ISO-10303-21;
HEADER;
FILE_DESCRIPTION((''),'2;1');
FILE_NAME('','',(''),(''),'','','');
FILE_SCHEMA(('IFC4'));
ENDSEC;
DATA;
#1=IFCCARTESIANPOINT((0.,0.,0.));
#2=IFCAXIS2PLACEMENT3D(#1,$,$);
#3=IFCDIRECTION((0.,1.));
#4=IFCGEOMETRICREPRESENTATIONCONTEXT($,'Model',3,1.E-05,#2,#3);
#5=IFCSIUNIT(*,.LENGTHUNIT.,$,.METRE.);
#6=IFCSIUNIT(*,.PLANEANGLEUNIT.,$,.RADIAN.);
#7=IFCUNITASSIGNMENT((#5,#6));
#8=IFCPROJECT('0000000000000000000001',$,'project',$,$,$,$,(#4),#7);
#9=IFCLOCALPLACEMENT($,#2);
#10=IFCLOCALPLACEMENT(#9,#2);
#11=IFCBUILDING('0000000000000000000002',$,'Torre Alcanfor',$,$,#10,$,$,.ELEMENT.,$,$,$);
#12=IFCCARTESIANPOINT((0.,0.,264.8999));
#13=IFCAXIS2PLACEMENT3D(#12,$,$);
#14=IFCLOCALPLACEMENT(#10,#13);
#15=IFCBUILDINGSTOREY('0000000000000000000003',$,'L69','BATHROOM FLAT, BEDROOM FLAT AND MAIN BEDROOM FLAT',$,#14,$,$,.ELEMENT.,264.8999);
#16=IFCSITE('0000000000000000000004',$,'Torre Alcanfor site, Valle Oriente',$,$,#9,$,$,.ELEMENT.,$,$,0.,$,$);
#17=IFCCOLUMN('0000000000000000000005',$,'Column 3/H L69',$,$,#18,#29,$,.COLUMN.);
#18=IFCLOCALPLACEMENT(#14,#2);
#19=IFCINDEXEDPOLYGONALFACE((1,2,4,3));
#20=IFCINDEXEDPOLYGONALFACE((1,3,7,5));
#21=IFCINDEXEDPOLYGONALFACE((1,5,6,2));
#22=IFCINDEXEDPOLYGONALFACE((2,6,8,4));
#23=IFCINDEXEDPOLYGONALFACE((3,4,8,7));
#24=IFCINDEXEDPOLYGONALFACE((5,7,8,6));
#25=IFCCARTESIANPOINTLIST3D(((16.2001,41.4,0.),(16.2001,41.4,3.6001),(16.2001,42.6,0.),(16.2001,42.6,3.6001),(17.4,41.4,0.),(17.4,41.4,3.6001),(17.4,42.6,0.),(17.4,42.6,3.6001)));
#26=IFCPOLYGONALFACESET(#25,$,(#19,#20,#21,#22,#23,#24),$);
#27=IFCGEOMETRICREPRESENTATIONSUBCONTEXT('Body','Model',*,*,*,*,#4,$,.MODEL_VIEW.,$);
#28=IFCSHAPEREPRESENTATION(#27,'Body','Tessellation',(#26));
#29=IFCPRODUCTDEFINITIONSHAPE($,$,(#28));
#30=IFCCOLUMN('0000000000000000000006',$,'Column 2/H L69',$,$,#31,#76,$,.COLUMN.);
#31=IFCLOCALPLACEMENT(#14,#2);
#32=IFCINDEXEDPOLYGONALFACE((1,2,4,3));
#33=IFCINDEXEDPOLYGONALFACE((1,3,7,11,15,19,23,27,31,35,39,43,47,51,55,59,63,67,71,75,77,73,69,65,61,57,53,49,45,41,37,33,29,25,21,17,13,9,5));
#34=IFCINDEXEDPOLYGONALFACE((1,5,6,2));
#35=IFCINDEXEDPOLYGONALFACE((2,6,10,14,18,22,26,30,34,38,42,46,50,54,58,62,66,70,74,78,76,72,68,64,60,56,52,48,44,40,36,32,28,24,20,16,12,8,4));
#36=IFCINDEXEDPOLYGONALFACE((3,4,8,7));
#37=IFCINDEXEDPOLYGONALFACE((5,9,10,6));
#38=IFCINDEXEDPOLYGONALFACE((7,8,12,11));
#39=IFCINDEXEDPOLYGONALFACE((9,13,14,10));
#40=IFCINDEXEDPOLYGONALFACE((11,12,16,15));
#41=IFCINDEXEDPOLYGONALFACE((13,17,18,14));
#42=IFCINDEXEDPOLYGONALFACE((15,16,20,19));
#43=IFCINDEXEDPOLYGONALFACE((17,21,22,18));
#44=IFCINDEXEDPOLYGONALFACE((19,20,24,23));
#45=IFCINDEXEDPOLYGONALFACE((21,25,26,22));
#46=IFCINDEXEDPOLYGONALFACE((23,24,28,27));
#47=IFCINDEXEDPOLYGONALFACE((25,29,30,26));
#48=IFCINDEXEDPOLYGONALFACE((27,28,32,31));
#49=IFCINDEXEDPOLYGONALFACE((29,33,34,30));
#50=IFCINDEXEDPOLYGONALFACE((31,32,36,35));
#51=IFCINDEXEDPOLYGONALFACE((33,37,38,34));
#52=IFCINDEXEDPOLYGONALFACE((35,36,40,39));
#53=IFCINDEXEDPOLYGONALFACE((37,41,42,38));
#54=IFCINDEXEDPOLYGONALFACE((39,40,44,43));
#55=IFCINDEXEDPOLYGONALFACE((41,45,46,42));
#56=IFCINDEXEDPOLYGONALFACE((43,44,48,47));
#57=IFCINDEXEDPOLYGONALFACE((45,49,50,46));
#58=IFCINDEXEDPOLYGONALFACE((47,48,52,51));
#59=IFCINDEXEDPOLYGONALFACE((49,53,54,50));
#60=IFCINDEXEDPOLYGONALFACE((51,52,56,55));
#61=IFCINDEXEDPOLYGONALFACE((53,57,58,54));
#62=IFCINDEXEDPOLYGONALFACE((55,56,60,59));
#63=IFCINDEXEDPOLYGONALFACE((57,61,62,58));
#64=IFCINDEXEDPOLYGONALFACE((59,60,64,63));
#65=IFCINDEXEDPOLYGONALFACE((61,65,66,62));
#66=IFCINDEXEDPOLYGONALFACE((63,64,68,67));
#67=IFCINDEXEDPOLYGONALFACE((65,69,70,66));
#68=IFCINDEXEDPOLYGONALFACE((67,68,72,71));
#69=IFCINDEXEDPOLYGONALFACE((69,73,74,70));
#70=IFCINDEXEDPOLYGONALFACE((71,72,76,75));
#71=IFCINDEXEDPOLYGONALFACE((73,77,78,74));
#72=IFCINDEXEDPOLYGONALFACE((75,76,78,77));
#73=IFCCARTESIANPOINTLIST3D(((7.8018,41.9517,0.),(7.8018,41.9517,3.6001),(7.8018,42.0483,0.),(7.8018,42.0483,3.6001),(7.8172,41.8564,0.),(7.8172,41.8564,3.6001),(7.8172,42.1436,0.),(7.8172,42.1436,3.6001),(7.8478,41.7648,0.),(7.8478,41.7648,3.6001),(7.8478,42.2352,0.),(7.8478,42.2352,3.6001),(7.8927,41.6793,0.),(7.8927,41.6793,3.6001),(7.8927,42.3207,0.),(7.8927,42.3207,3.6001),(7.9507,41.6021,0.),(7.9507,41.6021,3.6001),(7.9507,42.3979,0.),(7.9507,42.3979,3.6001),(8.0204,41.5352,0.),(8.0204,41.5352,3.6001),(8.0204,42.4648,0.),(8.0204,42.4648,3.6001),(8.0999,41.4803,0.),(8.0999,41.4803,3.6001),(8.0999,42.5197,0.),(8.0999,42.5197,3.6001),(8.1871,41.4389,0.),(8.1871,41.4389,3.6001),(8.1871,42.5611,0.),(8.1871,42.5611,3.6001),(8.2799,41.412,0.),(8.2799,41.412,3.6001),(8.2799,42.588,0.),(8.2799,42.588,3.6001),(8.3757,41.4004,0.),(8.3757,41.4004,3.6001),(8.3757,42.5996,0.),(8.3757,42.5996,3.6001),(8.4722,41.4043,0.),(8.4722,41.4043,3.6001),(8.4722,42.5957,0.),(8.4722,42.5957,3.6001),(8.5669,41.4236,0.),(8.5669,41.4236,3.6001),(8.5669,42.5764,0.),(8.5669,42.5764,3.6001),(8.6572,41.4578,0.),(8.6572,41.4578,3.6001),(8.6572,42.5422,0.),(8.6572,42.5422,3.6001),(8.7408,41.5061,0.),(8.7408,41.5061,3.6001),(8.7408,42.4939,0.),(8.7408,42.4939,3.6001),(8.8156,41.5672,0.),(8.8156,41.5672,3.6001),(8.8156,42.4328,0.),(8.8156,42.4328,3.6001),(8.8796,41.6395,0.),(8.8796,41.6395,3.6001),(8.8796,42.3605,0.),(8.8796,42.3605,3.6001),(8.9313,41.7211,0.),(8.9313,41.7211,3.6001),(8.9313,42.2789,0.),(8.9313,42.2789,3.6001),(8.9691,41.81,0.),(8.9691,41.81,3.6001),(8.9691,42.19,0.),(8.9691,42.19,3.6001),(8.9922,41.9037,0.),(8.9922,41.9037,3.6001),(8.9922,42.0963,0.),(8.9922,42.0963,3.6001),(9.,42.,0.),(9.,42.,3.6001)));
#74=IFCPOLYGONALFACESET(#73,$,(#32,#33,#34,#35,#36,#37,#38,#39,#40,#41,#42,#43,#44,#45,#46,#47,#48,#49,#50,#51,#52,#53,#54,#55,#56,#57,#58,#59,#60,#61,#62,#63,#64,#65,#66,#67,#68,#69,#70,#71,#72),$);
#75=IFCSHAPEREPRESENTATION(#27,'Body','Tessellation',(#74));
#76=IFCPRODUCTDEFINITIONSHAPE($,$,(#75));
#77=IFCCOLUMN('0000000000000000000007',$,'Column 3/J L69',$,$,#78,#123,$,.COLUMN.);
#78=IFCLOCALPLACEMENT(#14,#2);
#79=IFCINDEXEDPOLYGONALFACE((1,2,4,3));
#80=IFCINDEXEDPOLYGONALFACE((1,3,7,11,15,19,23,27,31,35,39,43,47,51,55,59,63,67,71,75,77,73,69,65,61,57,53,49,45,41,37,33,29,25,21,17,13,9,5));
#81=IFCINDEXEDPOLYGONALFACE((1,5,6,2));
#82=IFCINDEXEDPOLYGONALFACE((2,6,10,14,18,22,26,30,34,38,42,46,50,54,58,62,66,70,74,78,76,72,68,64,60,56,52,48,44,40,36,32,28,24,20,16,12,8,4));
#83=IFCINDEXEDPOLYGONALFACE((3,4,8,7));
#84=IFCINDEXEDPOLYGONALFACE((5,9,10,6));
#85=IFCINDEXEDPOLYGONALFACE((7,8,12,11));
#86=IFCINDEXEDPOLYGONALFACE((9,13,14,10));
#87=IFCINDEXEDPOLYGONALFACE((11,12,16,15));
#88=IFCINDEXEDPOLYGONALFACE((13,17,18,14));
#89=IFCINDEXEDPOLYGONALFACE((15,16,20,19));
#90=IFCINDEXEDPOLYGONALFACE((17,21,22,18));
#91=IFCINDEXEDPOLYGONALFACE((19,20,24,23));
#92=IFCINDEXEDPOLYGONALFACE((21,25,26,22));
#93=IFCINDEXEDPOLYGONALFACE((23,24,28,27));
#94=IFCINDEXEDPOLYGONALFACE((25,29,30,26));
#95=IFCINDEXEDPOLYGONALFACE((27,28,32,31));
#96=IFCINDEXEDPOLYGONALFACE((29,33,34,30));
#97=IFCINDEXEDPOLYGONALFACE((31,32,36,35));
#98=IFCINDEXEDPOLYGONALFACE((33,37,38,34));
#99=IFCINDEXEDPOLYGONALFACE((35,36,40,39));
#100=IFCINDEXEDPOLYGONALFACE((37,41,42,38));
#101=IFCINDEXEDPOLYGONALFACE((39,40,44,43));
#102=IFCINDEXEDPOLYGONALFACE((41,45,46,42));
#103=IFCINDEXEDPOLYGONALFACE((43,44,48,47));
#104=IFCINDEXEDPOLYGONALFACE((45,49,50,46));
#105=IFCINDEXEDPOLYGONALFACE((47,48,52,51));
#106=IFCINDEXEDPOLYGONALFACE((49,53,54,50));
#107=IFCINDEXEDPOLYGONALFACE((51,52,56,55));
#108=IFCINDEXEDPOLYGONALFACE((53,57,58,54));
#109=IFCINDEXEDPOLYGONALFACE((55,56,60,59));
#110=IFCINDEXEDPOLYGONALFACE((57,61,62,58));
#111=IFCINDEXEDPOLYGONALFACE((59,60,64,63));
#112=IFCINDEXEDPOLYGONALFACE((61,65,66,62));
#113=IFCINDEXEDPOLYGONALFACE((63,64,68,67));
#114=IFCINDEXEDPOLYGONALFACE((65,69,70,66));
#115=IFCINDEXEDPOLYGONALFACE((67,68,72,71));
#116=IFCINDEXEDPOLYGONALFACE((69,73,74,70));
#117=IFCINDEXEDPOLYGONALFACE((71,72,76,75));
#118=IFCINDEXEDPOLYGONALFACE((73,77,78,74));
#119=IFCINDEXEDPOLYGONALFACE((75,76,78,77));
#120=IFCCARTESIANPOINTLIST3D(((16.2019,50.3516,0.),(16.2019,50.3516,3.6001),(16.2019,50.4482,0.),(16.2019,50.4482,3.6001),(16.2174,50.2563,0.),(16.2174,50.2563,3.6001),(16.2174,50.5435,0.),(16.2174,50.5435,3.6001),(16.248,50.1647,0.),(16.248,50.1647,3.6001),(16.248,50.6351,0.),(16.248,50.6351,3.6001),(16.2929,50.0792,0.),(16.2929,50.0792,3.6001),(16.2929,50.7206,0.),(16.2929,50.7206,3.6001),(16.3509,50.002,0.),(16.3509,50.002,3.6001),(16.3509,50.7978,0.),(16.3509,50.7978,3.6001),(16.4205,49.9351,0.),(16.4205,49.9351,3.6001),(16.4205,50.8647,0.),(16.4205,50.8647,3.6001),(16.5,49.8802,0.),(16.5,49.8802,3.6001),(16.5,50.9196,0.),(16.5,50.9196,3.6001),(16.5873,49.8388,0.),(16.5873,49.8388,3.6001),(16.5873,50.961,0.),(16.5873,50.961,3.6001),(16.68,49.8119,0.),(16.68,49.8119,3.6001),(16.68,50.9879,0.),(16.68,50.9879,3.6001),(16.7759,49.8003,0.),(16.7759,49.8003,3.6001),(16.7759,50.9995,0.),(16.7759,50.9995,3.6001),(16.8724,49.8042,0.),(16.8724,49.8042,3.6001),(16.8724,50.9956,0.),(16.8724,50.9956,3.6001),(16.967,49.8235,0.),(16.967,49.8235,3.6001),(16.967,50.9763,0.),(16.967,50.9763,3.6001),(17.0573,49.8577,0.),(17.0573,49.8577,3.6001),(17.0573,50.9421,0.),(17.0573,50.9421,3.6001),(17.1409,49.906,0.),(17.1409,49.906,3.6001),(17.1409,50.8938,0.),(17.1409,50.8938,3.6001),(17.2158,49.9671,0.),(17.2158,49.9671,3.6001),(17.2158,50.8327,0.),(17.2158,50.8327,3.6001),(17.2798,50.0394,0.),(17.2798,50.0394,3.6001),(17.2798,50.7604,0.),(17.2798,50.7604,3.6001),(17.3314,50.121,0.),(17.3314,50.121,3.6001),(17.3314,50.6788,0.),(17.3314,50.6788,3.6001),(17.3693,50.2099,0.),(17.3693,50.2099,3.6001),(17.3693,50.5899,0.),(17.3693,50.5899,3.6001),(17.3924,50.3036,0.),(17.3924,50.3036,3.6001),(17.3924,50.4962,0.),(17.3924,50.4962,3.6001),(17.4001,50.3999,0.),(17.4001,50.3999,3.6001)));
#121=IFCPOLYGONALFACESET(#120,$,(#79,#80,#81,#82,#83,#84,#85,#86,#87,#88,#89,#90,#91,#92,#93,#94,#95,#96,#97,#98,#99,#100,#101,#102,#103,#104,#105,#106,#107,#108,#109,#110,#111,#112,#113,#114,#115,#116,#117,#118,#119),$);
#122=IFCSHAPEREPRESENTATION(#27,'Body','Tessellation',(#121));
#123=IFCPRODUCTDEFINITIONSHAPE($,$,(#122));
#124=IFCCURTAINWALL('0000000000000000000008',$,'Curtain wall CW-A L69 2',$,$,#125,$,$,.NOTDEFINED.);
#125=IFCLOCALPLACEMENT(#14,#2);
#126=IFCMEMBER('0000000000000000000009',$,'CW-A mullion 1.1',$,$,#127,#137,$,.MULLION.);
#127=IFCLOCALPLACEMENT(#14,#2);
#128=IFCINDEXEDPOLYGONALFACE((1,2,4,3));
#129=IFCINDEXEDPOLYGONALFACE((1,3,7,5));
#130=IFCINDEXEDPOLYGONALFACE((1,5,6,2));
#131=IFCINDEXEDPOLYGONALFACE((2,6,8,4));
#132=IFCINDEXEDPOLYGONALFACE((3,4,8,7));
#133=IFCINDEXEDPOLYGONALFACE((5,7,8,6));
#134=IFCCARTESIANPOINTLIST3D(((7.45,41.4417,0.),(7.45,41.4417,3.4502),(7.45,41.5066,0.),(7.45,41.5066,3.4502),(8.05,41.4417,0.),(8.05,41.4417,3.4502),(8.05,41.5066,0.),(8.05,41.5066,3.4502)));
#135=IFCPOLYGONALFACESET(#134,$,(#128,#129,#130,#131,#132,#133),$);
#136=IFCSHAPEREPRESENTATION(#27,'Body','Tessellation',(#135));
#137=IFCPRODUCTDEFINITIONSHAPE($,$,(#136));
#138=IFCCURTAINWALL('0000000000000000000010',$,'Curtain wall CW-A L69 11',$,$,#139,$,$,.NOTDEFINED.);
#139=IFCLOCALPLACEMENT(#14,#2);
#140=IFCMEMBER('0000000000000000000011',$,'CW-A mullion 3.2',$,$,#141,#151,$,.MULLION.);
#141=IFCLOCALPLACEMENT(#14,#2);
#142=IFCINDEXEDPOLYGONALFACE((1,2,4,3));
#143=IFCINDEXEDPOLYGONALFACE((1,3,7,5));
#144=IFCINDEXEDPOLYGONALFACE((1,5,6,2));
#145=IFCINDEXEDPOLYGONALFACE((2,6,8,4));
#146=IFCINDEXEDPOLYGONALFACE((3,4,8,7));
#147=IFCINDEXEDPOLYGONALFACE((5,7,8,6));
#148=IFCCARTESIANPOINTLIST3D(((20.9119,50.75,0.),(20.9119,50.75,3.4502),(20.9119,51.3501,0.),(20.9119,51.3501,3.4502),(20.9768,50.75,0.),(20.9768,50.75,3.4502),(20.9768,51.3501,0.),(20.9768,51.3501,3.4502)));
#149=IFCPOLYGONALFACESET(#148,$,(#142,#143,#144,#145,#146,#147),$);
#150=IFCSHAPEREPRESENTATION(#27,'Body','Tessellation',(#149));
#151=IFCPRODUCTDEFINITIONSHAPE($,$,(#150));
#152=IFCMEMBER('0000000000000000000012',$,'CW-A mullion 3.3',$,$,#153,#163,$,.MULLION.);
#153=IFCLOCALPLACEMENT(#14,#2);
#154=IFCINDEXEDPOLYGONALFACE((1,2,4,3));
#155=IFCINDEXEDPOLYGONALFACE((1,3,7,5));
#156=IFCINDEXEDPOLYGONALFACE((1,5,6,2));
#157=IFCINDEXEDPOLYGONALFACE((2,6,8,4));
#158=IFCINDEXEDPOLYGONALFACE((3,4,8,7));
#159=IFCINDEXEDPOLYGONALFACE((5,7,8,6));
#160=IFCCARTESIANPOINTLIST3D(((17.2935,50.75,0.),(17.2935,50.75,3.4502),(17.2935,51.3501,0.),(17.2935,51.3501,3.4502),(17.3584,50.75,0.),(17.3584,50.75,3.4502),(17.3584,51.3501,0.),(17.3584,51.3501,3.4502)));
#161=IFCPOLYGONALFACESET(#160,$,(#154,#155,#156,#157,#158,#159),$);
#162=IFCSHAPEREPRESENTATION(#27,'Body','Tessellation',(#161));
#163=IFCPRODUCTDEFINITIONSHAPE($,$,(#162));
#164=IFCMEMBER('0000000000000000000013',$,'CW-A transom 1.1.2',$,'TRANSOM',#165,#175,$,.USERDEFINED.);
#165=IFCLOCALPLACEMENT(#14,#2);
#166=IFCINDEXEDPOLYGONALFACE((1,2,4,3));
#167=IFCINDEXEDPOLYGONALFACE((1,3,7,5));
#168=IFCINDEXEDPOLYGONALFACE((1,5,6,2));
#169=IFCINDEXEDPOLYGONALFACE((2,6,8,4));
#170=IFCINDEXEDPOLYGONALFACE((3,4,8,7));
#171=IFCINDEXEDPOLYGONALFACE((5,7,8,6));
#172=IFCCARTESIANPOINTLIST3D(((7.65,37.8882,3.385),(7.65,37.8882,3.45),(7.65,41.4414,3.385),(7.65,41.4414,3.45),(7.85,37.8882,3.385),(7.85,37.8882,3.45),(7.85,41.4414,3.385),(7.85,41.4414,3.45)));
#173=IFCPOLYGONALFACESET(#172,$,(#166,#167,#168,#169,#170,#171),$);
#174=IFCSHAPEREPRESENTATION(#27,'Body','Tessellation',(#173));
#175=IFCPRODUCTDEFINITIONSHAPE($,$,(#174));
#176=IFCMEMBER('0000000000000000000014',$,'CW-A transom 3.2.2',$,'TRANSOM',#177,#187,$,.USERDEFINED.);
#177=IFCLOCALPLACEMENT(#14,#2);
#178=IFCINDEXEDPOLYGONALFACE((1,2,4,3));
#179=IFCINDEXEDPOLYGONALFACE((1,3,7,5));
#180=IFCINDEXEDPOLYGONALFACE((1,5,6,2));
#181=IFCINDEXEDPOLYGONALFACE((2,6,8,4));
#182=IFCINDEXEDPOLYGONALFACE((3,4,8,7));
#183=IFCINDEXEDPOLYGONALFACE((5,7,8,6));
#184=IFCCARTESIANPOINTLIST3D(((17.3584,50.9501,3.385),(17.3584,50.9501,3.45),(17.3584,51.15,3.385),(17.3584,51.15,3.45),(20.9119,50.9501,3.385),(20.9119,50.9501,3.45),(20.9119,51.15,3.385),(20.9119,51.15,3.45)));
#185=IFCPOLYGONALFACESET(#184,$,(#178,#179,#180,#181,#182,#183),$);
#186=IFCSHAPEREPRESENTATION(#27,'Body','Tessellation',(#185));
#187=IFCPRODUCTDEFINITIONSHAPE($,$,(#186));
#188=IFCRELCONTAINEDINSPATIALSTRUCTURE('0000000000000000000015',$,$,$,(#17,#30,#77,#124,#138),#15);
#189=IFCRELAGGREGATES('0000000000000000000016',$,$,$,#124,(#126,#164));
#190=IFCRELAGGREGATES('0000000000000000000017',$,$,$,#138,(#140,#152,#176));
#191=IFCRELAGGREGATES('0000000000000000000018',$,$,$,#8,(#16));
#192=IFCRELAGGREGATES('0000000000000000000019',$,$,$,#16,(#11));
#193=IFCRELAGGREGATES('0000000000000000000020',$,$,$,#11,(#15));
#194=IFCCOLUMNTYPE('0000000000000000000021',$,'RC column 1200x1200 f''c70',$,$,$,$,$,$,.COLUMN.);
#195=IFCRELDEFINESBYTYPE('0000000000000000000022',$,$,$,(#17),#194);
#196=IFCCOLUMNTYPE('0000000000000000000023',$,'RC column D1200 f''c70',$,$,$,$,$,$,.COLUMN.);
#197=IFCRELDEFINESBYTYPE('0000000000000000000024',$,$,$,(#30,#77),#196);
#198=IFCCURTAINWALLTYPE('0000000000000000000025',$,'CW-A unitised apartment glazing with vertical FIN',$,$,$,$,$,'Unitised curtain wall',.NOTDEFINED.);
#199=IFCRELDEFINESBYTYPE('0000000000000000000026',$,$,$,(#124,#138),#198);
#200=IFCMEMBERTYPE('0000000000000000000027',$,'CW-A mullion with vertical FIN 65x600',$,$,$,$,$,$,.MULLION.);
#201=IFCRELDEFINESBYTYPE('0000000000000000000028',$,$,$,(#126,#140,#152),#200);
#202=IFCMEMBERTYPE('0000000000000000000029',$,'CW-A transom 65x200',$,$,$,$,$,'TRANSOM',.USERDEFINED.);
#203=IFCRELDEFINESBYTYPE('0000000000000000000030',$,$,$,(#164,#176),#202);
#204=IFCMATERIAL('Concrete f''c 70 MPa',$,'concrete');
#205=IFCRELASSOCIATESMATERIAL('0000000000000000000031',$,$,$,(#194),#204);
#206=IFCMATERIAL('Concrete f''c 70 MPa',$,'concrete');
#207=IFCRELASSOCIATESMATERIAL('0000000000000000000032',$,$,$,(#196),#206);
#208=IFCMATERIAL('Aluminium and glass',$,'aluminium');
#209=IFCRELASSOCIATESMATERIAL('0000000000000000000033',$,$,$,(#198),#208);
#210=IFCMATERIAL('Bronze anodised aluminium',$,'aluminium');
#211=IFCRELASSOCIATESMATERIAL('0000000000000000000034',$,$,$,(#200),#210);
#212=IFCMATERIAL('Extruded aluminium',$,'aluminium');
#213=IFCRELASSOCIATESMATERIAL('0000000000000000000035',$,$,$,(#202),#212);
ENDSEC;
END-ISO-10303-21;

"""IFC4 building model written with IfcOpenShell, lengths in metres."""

from ifc_helpers import new_model, si_unit, direction, frame, origin, origin_2d, place, context, subcontext, project, spatial, rectangle, circle, extrude, material, material_profile, profile_set, type_object, element, aggregate, save


model = new_model("IFC4")

# Units and contexts
model_context = context("Model", 3, precision=1e-05, world=origin(), true_north=direction((0.0, 1.0)))
body_context = subcontext(model_context, "Body", "Model", "MODEL_VIEW")
ifc_project = project(units=[si_unit("LENGTHUNIT", "METRE"), si_unit("PLANEANGLEUNIT", "RADIAN")], contexts=[model_context])

# Site, building, storey
site_placement = place(None, origin())
site = spatial("IfcSite", under=ifc_project, at=site_placement, Name="Torre Alcanfor site, Valle Oriente", CompositionType="ELEMENT", RefElevation=0.0)
building_placement = place(site_placement, origin())
building = spatial("IfcBuilding", under=site, at=building_placement, Name="Torre Alcanfor", CompositionType="ELEMENT")
storey_placement = place(building_placement, frame((0.0, 0.0, 264.8999)))
storey = spatial("IfcBuildingStorey", under=building, at=storey_placement, Name="L69", Description="BATHROOM FLAT, BEDROOM FLAT AND MAIN BEDROOM FLAT", CompositionType="ELEMENT", Elevation=264.8999)

# Columns
ifc_material_1 = material(Name="Concrete f'c 70 MPa", Category="concrete")
ifc_material_profile_1 = material_profile(ifc_material_1, rectangle(XDim=1.2, YDim=1.2, at=origin_2d()), Name="1200x1200")
ifc_profile_set_1 = profile_set([ifc_material_profile_1], Name="Concrete f'c 70 MPa")
column_type_1 = type_object("IfcColumnType", Name="RC column 1200x1200 f'c70", PredefinedType="COLUMN", material=ifc_profile_set_1)
column_placement = place(storey_placement, frame((16.8, 42.0, 0.0), z_axis=(0.0, 0.0, 1.0), x_axis=(1.0, 0.0, 0.0)))
element("IfcColumn", 1, at=column_placement, inside=storey, type_object=column_type_1, Name="Column 3/H L69", PredefinedType="COLUMN", context=body_context, shape_type="SweptSolid", body=[
    extrude(rectangle(XDim=1.2, YDim=1.2, at=origin_2d()), origin(), (0.0, 0.0, 1.0), 3.6001),
])
ifc_material_2 = material(Name="Concrete f'c 70 MPa", Category="concrete")
ifc_material_profile_2 = material_profile(ifc_material_2, circle(Radius=0.6001, at=origin_2d()), Name="D1200")
ifc_profile_set_2 = profile_set([ifc_material_profile_2], Name="Concrete f'c 70 MPa")
column_type_2 = type_object("IfcColumnType", Name="RC column D1200 f'c70", PredefinedType="COLUMN", material=ifc_profile_set_2)
for number, where, z_axis, x_axis, name in (
    (2, (8.3999, 42.0, 0.0), (0.0, 0.0, 1.0), (1.0, 0.0, 0.0), "Column 2/H L69"),
    (3, (16.8, 50.3999, 0.0), (0.0, 0.0, 1.0), (1.0, 0.0, 0.0), "Column 3/J L69"),
):
    element("IfcColumn", number, at=place(storey_placement, frame(where, z_axis=z_axis, x_axis=x_axis)), inside=storey, type_object=column_type_2, Name=name, PredefinedType="COLUMN", context=body_context, shape_type="SweptSolid", body=[
        extrude(circle(Radius=0.6001, at=origin_2d()), origin(), (0.0, 0.0, 1.0), 3.6001),
    ])

# Curtain wall, member
ifc_material_3 = material(Name="Aluminium and glass", Category="aluminium")
curtain_wall_type = type_object("IfcCurtainWallType", Name="CW-A unitised apartment glazing with vertical FIN", ElementType="Unitised curtain wall", PredefinedType="NOTDEFINED", material=ifc_material_3)
curtain_wall_1_placement = place(storey_placement, origin())
curtain_wall_1 = element("IfcCurtainWall", 4, at=curtain_wall_1_placement, inside=storey, type_object=curtain_wall_type, Name="Curtain wall CW-A L69 2", PredefinedType="NOTDEFINED")
ifc_material_4 = material(Name="Bronze anodised aluminium", Category="aluminium")
ifc_material_profile_3 = material_profile(ifc_material_4, rectangle(XDim=0.6001, YDim=0.0649, at=origin_2d()), Name="CW-A mullion 65x600")
ifc_profile_set_3 = profile_set([ifc_material_profile_3], Name="Bronze anodised aluminium")
member_type_1 = type_object("IfcMemberType", Name="CW-A mullion with vertical FIN 65x600", PredefinedType="MULLION", material=ifc_profile_set_3)
member_1_placement = place(storey_placement, frame((7.75, 41.4741, 0.0), z_axis=(0.0, 0.0, 1.0), x_axis=(1.0, 0.0, 0.0)))
member_1 = element("IfcMember", 5, at=member_1_placement, type_object=member_type_1, Name="CW-A mullion 1.1", PredefinedType="MULLION", context=body_context, shape_type="SweptSolid", body=[
    extrude(rectangle(XDim=0.6001, YDim=0.0649, at=origin_2d()), origin(), (0.0, 0.0, 1.0), 3.4502),
])

# Curtain wall, members
curtain_wall_2_placement = place(storey_placement, origin())
curtain_wall_2 = element("IfcCurtainWall", 6, at=curtain_wall_2_placement, inside=storey, type_object=curtain_wall_type, Name="Curtain wall CW-A L69 11", PredefinedType="NOTDEFINED")
member_2_placement = place(storey_placement, frame((20.9443, 51.05, 0.0), z_axis=(0.0, 0.0, 1.0), x_axis=(0.0, -1.0, 0.0)))
member_2 = element("IfcMember", 7, at=member_2_placement, type_object=member_type_1, Name="CW-A mullion 3.2", PredefinedType="MULLION", context=body_context, shape_type="SweptSolid", body=[
    extrude(rectangle(XDim=0.6001, YDim=0.0649, at=origin_2d()), origin(), (0.0, 0.0, 1.0), 3.4502),
])
member_3_placement = place(storey_placement, frame((17.3259, 51.05, 0.0), z_axis=(0.0, 0.0, 1.0), x_axis=(0.0, -1.0, 0.0)))
member_3 = element("IfcMember", 8, at=member_3_placement, type_object=member_type_1, Name="CW-A mullion 3.3", PredefinedType="MULLION", context=body_context, shape_type="SweptSolid", body=[
    extrude(rectangle(XDim=0.6001, YDim=0.0649, at=origin_2d()), origin(), (0.0, 0.0, 1.0), 3.4502),
])

# Members
ifc_material_5 = material(Name="Extruded aluminium", Category="aluminium")
ifc_material_profile_4 = material_profile(ifc_material_5, rectangle(XDim=0.2, YDim=0.0649, at=origin_2d()), Name="CW-A transom 200x65")
ifc_profile_set_4 = profile_set([ifc_material_profile_4], Name="Extruded aluminium")
member_type_2 = type_object("IfcMemberType", Name="CW-A transom 65x200", ElementType="TRANSOM", PredefinedType="USERDEFINED", material=ifc_profile_set_4)
member_4_placement = place(storey_placement, frame((7.75, 41.4414, 3.4175), z_axis=(0.0, -1.0, 0.0), x_axis=(1.0, 0.0, 0.0)))
member_4 = element("IfcMember", 9, at=member_4_placement, type_object=member_type_2, Name="CW-A transom 1.1.2", ObjectType="TRANSOM", PredefinedType="USERDEFINED", context=body_context, shape_type="SweptSolid", body=[
    extrude(rectangle(XDim=0.2, YDim=0.0649, at=origin_2d()), origin(), (0.0, 0.0, 1.0), 3.5532),
])
member_5_placement = place(storey_placement, frame((20.9119, 51.05, 3.4175), z_axis=(-1.0, 0.0, 0.0), x_axis=(0.0, -1.0, 0.0)))
member_5 = element("IfcMember", 10, at=member_5_placement, type_object=member_type_2, Name="CW-A transom 3.2.2", ObjectType="TRANSOM", PredefinedType="USERDEFINED", context=body_context, shape_type="SweptSolid", body=[
    extrude(rectangle(XDim=0.2, YDim=0.0649, at=origin_2d()), origin(), (0.0, 0.0, 1.0), 3.5535),
])

aggregate(curtain_wall_1, [member_1, member_4])
aggregate(curtain_wall_2, [member_2, member_3, member_5])

save(model, "model.ifc")
